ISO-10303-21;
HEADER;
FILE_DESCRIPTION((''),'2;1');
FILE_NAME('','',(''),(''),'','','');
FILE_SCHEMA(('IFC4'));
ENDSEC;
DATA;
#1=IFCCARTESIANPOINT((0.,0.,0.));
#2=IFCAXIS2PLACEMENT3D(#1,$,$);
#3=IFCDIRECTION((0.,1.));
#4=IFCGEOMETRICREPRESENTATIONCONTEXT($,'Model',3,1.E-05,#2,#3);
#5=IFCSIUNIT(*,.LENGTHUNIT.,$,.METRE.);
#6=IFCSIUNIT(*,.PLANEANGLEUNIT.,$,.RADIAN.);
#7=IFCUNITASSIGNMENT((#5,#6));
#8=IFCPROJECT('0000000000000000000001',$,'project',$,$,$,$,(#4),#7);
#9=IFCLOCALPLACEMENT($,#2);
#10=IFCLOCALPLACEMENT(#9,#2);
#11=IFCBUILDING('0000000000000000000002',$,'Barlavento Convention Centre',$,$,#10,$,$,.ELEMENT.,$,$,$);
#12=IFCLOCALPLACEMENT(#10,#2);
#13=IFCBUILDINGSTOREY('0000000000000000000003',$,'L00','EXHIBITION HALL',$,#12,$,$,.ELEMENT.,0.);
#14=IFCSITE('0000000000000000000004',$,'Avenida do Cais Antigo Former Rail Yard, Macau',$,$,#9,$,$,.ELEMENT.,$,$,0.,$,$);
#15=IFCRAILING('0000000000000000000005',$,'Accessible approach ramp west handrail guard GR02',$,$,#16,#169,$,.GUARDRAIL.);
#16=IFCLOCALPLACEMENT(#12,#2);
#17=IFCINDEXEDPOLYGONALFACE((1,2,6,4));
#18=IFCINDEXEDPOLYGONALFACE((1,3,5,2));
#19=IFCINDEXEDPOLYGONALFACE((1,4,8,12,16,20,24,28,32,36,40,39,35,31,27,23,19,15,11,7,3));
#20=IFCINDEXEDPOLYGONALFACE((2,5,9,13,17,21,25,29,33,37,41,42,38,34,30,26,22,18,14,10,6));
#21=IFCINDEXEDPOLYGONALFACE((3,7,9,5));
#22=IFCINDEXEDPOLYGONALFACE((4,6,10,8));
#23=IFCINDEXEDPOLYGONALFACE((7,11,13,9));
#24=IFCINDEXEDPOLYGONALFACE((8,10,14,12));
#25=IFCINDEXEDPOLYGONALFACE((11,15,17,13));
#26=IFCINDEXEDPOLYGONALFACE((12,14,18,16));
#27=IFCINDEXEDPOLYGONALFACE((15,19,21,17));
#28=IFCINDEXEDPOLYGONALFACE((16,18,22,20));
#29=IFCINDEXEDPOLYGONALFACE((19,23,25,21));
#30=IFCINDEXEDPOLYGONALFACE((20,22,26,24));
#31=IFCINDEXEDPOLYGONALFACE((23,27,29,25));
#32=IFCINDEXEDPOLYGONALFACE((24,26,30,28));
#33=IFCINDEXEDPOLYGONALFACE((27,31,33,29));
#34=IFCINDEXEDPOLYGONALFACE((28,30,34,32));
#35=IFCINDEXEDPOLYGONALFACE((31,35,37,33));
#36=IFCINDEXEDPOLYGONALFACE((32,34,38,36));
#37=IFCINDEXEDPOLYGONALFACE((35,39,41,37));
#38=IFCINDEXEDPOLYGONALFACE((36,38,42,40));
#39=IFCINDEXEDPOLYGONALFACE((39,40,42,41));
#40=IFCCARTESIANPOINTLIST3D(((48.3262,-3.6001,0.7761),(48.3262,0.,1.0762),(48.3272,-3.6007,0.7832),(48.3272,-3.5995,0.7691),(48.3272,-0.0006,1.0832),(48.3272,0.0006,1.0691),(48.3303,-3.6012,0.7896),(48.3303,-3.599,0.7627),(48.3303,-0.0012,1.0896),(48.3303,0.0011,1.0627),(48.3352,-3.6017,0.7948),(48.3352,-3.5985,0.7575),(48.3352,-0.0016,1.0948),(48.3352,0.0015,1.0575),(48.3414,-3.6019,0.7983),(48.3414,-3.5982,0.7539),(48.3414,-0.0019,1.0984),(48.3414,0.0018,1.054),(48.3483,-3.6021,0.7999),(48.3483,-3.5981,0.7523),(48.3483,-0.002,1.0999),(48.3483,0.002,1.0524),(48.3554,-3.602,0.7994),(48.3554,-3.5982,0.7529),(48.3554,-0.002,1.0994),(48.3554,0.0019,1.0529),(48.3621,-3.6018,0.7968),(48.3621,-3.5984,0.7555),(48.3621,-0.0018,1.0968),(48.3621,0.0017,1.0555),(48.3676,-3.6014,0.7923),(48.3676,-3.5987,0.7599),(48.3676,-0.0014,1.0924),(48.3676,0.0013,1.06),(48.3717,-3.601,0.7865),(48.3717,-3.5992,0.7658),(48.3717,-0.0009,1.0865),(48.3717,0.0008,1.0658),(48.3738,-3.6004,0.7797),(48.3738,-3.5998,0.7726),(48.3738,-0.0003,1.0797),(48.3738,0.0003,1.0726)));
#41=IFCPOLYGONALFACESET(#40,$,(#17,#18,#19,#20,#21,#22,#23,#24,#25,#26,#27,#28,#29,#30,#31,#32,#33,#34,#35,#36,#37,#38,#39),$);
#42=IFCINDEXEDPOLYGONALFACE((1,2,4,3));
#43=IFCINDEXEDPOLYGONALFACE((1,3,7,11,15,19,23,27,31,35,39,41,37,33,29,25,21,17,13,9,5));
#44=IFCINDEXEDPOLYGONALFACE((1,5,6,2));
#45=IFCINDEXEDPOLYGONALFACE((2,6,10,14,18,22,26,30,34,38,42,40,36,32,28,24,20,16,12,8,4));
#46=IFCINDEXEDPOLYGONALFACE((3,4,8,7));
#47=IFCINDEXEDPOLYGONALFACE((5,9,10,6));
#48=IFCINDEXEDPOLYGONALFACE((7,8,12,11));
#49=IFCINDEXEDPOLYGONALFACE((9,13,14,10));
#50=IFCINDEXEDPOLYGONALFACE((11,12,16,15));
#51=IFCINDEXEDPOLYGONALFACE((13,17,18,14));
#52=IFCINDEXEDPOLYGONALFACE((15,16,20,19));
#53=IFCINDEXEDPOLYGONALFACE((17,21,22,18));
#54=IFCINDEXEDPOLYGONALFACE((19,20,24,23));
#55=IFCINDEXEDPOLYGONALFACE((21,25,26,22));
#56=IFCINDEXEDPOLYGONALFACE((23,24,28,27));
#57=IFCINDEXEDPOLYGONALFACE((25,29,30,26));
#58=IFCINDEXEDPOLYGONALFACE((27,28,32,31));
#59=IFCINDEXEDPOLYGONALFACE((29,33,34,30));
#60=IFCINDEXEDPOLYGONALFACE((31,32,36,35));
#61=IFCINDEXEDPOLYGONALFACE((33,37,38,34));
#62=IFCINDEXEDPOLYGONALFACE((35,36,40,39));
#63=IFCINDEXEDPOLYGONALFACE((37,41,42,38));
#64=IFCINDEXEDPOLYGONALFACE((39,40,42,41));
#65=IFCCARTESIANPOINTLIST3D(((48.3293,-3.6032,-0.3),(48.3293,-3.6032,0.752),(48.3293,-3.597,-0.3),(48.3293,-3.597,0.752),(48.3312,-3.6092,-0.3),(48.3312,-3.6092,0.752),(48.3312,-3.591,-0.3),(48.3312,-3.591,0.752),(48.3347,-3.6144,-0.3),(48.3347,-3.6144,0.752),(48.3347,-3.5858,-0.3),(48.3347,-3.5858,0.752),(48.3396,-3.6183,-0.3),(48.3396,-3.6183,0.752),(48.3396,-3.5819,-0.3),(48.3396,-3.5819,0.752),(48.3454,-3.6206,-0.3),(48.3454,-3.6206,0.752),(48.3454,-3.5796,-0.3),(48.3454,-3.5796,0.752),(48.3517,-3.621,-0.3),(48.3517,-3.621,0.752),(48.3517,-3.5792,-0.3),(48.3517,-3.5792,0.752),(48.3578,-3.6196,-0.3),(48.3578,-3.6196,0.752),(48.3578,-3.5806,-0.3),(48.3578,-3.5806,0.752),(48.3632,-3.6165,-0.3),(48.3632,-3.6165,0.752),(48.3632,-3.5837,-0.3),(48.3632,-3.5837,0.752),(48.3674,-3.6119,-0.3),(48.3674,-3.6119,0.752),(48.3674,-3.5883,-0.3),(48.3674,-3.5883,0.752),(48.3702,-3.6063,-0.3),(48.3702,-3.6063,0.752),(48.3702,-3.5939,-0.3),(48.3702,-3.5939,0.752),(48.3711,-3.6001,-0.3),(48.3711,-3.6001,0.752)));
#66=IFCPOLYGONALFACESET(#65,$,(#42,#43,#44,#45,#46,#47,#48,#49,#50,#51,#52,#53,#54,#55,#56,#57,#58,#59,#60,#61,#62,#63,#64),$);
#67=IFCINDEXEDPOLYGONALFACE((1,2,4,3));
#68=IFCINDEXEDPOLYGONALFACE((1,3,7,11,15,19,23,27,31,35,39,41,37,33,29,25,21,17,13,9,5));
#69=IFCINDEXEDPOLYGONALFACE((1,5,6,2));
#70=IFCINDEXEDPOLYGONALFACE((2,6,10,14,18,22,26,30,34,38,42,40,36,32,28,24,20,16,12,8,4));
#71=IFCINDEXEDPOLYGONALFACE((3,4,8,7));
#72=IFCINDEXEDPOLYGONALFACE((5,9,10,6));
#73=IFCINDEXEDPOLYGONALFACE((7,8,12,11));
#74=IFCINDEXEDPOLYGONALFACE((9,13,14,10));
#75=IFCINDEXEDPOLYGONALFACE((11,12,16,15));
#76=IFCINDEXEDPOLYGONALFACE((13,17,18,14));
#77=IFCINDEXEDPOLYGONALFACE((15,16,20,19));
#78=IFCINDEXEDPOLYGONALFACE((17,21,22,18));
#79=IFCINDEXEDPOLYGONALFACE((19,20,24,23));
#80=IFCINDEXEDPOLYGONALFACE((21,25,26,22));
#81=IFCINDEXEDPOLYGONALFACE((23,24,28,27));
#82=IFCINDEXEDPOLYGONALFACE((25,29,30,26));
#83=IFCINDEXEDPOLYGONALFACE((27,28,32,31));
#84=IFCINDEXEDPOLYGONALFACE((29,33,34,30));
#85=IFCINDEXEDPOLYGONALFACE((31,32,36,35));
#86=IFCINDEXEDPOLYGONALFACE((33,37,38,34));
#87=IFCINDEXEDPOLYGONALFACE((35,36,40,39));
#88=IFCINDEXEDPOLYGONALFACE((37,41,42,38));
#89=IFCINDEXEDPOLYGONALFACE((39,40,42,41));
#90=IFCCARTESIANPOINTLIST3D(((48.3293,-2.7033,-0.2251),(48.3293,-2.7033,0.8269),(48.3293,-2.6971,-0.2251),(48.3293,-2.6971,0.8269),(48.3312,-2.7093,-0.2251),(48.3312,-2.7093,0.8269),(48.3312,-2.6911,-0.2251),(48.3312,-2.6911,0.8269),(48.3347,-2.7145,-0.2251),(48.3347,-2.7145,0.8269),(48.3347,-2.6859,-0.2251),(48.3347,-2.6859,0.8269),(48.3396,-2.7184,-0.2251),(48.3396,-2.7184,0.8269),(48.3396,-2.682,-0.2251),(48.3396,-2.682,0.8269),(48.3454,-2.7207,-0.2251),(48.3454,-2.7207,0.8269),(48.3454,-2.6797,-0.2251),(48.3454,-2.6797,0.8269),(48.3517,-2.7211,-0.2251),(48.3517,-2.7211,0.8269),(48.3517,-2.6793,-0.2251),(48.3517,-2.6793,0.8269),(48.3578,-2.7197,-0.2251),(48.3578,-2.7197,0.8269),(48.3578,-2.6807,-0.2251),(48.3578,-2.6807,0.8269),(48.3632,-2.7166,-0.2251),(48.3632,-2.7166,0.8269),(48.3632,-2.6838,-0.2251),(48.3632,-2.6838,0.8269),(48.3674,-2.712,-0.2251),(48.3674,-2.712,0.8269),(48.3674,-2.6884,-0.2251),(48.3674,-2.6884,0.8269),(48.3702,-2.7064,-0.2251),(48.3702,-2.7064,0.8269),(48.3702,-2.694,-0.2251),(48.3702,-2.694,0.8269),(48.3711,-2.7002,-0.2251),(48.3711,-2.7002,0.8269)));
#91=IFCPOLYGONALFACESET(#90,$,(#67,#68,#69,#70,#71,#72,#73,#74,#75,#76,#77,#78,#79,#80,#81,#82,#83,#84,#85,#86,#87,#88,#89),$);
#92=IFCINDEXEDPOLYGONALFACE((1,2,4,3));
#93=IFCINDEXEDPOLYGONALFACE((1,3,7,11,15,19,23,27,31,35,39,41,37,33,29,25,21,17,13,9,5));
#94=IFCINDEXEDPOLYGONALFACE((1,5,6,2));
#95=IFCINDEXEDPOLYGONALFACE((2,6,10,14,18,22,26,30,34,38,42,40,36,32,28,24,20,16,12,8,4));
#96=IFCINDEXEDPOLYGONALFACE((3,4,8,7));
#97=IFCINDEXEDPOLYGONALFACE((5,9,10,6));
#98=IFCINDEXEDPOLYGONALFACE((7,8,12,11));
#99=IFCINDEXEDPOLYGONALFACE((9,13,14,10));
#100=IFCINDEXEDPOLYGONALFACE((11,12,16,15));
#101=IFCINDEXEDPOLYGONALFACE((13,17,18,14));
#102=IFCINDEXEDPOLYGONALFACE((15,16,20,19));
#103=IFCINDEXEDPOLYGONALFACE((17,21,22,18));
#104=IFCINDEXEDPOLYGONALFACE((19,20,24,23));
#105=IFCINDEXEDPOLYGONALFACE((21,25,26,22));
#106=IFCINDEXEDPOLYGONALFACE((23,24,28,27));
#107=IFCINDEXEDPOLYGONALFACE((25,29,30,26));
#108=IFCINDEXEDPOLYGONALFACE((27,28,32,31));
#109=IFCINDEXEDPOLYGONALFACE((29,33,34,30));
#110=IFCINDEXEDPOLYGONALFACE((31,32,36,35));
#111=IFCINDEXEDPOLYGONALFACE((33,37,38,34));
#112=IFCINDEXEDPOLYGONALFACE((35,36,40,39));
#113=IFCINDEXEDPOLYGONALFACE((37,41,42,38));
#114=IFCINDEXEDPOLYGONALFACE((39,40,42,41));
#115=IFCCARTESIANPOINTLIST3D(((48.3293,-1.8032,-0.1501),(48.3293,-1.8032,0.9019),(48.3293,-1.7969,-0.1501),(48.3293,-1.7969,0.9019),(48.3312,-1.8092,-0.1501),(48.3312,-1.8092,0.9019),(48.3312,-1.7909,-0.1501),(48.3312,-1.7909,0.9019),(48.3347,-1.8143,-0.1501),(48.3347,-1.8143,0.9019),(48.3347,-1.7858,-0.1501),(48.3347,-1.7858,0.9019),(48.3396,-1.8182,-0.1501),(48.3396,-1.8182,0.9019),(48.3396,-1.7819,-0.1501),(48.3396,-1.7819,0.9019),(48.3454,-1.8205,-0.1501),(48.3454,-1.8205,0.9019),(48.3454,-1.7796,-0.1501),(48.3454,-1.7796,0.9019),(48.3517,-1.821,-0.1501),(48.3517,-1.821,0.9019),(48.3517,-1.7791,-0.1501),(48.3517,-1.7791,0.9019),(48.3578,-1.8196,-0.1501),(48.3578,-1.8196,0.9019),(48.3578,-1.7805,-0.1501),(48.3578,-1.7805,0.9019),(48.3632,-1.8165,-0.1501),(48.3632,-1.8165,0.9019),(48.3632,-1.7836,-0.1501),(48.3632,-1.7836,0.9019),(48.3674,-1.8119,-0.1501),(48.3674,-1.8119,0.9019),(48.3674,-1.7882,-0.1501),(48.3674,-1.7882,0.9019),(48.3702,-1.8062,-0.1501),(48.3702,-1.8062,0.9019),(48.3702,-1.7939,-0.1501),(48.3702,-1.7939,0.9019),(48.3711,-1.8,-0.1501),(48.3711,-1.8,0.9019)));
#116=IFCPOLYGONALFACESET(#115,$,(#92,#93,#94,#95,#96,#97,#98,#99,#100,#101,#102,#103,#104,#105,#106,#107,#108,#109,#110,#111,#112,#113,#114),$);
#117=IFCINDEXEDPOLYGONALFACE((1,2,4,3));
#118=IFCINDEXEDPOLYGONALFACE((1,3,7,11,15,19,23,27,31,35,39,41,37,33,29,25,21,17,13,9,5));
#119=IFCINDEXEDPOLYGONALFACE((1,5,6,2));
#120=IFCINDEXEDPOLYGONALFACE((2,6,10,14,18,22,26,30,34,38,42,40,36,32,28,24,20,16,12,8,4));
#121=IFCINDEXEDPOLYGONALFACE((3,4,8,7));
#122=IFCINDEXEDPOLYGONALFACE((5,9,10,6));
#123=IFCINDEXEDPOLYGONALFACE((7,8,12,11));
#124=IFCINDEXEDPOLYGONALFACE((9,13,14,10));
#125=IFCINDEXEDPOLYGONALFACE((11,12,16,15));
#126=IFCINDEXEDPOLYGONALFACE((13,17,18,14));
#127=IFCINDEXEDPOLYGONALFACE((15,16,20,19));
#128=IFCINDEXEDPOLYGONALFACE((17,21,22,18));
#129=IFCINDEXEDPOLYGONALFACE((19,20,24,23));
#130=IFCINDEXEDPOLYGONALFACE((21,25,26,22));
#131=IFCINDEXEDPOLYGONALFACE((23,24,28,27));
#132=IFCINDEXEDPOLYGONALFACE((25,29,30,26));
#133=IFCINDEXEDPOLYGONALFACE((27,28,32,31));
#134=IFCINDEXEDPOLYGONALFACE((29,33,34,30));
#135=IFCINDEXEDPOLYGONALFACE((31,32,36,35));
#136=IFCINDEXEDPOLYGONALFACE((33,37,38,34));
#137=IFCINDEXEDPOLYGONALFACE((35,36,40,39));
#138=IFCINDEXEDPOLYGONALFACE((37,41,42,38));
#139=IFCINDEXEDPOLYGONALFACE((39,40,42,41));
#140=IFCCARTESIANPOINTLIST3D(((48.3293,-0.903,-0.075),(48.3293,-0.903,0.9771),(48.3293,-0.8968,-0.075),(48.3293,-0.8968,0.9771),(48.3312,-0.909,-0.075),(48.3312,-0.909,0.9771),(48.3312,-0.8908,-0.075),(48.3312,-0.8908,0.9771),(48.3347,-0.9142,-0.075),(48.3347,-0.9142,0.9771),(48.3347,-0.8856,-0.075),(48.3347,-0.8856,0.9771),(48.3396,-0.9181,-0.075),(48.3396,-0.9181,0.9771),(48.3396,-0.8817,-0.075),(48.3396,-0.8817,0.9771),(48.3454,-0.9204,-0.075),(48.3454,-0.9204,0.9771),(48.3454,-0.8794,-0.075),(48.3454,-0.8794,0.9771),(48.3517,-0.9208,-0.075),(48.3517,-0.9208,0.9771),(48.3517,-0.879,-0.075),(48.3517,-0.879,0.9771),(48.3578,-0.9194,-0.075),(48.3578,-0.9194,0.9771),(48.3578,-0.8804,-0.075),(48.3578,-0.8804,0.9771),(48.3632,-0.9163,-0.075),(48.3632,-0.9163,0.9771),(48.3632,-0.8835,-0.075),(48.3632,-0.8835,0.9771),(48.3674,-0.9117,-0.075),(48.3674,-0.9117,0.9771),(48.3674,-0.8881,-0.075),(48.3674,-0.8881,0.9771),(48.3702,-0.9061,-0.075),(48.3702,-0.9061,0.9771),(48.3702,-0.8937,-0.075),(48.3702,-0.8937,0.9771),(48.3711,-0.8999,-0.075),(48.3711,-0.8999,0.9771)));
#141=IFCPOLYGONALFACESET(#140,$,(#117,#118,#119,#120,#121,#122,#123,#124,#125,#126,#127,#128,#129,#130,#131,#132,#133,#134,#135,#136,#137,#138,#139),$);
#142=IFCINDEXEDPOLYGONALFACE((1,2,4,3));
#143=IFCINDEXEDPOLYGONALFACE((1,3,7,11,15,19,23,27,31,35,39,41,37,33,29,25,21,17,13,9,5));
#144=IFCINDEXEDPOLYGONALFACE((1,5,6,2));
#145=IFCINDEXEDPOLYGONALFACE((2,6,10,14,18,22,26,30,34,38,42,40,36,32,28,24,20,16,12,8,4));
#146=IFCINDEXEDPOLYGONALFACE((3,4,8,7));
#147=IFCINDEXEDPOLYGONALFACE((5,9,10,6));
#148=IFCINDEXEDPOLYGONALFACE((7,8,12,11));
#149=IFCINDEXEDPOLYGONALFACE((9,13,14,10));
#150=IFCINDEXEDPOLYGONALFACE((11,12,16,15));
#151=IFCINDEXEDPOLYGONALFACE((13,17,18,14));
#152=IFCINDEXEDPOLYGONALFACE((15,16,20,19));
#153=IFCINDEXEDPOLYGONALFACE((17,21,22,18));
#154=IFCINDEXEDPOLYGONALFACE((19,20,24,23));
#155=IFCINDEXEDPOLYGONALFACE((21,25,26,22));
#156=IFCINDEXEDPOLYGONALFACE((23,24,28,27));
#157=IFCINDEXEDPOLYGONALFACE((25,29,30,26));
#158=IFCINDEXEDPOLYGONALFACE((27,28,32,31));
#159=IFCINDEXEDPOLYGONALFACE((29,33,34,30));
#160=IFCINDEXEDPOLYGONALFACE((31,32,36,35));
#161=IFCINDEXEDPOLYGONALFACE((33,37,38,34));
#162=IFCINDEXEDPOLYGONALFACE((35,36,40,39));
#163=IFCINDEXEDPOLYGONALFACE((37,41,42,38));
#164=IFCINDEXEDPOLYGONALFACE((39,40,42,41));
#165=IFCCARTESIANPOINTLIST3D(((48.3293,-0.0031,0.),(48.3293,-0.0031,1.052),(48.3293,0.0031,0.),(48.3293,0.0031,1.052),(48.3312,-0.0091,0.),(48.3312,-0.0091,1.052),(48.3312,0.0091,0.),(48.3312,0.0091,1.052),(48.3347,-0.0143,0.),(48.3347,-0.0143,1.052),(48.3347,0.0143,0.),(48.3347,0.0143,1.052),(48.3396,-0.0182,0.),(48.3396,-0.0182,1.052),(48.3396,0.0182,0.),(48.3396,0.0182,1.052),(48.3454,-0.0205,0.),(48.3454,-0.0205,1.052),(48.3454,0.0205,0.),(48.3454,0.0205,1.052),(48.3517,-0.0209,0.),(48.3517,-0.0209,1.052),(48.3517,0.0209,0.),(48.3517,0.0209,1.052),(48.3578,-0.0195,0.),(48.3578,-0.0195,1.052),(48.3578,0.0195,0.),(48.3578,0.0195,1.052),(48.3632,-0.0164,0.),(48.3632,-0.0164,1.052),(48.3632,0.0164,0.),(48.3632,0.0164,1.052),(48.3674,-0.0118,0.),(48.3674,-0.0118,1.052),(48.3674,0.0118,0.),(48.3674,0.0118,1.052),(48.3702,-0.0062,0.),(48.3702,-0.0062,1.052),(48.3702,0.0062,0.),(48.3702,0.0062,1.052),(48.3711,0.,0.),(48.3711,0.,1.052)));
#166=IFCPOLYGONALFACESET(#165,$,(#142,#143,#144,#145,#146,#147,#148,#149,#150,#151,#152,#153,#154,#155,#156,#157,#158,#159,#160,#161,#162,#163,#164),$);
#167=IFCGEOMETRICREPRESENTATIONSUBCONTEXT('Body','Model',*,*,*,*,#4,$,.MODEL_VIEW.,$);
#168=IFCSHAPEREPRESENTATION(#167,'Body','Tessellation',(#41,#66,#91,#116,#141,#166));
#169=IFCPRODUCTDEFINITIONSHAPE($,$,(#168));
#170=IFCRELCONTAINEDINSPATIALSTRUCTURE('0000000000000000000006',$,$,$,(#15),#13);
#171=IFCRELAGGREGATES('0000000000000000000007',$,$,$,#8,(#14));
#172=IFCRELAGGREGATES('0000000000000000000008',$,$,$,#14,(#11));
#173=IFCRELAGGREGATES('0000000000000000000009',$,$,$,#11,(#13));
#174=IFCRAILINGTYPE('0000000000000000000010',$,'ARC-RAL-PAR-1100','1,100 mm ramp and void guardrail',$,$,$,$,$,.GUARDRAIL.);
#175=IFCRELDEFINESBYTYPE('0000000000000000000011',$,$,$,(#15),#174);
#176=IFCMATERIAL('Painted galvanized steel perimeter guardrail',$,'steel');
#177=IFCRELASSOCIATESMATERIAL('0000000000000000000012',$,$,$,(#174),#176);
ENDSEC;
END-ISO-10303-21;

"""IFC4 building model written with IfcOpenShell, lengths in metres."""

from ifc_helpers import new_model, si_unit, direction, frame, origin, origin_2d, place, context, subcontext, project, spatial, circle, extrude, material, type_object, element, save


model = new_model("IFC4")

# Units and contexts
model_context = context("Model", 3, precision=1e-05, world=origin(), true_north=direction((0.0, 1.0)))
body_context = subcontext(model_context, "Body", "Model", "MODEL_VIEW")
ifc_project = project(units=[si_unit("LENGTHUNIT", "METRE"), si_unit("PLANEANGLEUNIT", "RADIAN")], contexts=[model_context])

# Site, building, storey
site_placement = place(None, origin())
site = spatial("IfcSite", under=ifc_project, at=site_placement, Name="Avenida do Cais Antigo Former Rail Yard, Macau", CompositionType="ELEMENT", RefElevation=0.0)
building_placement = place(site_placement, origin())
building = spatial("IfcBuilding", under=site, at=building_placement, Name="Barlavento Convention Centre", CompositionType="ELEMENT")
storey_placement = place(building_placement, origin())
storey = spatial("IfcBuildingStorey", under=building, at=storey_placement, Name="L00", Description="EXHIBITION HALL", CompositionType="ELEMENT", Elevation=0.0)

# Railing
ifc_material_1 = material(Name="Painted galvanized steel perimeter guardrail", Category="steel")
railing_type = type_object("IfcRailingType", Name="ARC-RAL-PAR-1100", Description="1,100 mm ramp and void guardrail", PredefinedType="GUARDRAIL", material=ifc_material_1)
for number, where, name in (
    (1, (48.3501, -3.6001, -0.3), "Accessible approach ramp west handrail guard GR02"),
):
    element("IfcRailing", number, at=place(storey_placement, frame(where)), inside=storey, type_object=railing_type, Name=name, PredefinedType="GUARDRAIL", context=body_context, shape_type="SweptSolid", body=[
        extrude(circle(Radius=0.0239, at=origin_2d()), frame((0.0, 0.0, 1.0762), z_axis=(0.0, 0.996545, 0.083057), x_axis=(-1.0, 0.0, 0.0)), (0.0, 0.0, 1.0), 3.6125),
        extrude(circle(Radius=0.021, at=origin_2d()), origin(), (0.0, 0.0, 1.0), 1.052),
        extrude(circle(Radius=0.021, at=origin_2d()), frame((0.0, 0.8999, 0.075)), (0.0, 0.0, 1.0), 1.052),
        extrude(circle(Radius=0.021, at=origin_2d()), frame((0.0, 1.8, 0.1499)), (0.0, 0.0, 1.0), 1.052),
        extrude(circle(Radius=0.021, at=origin_2d()), frame((0.0, 2.7002, 0.2251)), (0.0, 0.0, 1.0), 1.052),
        extrude(circle(Radius=0.021, at=origin_2d()), frame((0.0, 3.6001, 0.3)), (0.0, 0.0, 1.0), 1.052),
    ])

save(model, "model.ifc")
